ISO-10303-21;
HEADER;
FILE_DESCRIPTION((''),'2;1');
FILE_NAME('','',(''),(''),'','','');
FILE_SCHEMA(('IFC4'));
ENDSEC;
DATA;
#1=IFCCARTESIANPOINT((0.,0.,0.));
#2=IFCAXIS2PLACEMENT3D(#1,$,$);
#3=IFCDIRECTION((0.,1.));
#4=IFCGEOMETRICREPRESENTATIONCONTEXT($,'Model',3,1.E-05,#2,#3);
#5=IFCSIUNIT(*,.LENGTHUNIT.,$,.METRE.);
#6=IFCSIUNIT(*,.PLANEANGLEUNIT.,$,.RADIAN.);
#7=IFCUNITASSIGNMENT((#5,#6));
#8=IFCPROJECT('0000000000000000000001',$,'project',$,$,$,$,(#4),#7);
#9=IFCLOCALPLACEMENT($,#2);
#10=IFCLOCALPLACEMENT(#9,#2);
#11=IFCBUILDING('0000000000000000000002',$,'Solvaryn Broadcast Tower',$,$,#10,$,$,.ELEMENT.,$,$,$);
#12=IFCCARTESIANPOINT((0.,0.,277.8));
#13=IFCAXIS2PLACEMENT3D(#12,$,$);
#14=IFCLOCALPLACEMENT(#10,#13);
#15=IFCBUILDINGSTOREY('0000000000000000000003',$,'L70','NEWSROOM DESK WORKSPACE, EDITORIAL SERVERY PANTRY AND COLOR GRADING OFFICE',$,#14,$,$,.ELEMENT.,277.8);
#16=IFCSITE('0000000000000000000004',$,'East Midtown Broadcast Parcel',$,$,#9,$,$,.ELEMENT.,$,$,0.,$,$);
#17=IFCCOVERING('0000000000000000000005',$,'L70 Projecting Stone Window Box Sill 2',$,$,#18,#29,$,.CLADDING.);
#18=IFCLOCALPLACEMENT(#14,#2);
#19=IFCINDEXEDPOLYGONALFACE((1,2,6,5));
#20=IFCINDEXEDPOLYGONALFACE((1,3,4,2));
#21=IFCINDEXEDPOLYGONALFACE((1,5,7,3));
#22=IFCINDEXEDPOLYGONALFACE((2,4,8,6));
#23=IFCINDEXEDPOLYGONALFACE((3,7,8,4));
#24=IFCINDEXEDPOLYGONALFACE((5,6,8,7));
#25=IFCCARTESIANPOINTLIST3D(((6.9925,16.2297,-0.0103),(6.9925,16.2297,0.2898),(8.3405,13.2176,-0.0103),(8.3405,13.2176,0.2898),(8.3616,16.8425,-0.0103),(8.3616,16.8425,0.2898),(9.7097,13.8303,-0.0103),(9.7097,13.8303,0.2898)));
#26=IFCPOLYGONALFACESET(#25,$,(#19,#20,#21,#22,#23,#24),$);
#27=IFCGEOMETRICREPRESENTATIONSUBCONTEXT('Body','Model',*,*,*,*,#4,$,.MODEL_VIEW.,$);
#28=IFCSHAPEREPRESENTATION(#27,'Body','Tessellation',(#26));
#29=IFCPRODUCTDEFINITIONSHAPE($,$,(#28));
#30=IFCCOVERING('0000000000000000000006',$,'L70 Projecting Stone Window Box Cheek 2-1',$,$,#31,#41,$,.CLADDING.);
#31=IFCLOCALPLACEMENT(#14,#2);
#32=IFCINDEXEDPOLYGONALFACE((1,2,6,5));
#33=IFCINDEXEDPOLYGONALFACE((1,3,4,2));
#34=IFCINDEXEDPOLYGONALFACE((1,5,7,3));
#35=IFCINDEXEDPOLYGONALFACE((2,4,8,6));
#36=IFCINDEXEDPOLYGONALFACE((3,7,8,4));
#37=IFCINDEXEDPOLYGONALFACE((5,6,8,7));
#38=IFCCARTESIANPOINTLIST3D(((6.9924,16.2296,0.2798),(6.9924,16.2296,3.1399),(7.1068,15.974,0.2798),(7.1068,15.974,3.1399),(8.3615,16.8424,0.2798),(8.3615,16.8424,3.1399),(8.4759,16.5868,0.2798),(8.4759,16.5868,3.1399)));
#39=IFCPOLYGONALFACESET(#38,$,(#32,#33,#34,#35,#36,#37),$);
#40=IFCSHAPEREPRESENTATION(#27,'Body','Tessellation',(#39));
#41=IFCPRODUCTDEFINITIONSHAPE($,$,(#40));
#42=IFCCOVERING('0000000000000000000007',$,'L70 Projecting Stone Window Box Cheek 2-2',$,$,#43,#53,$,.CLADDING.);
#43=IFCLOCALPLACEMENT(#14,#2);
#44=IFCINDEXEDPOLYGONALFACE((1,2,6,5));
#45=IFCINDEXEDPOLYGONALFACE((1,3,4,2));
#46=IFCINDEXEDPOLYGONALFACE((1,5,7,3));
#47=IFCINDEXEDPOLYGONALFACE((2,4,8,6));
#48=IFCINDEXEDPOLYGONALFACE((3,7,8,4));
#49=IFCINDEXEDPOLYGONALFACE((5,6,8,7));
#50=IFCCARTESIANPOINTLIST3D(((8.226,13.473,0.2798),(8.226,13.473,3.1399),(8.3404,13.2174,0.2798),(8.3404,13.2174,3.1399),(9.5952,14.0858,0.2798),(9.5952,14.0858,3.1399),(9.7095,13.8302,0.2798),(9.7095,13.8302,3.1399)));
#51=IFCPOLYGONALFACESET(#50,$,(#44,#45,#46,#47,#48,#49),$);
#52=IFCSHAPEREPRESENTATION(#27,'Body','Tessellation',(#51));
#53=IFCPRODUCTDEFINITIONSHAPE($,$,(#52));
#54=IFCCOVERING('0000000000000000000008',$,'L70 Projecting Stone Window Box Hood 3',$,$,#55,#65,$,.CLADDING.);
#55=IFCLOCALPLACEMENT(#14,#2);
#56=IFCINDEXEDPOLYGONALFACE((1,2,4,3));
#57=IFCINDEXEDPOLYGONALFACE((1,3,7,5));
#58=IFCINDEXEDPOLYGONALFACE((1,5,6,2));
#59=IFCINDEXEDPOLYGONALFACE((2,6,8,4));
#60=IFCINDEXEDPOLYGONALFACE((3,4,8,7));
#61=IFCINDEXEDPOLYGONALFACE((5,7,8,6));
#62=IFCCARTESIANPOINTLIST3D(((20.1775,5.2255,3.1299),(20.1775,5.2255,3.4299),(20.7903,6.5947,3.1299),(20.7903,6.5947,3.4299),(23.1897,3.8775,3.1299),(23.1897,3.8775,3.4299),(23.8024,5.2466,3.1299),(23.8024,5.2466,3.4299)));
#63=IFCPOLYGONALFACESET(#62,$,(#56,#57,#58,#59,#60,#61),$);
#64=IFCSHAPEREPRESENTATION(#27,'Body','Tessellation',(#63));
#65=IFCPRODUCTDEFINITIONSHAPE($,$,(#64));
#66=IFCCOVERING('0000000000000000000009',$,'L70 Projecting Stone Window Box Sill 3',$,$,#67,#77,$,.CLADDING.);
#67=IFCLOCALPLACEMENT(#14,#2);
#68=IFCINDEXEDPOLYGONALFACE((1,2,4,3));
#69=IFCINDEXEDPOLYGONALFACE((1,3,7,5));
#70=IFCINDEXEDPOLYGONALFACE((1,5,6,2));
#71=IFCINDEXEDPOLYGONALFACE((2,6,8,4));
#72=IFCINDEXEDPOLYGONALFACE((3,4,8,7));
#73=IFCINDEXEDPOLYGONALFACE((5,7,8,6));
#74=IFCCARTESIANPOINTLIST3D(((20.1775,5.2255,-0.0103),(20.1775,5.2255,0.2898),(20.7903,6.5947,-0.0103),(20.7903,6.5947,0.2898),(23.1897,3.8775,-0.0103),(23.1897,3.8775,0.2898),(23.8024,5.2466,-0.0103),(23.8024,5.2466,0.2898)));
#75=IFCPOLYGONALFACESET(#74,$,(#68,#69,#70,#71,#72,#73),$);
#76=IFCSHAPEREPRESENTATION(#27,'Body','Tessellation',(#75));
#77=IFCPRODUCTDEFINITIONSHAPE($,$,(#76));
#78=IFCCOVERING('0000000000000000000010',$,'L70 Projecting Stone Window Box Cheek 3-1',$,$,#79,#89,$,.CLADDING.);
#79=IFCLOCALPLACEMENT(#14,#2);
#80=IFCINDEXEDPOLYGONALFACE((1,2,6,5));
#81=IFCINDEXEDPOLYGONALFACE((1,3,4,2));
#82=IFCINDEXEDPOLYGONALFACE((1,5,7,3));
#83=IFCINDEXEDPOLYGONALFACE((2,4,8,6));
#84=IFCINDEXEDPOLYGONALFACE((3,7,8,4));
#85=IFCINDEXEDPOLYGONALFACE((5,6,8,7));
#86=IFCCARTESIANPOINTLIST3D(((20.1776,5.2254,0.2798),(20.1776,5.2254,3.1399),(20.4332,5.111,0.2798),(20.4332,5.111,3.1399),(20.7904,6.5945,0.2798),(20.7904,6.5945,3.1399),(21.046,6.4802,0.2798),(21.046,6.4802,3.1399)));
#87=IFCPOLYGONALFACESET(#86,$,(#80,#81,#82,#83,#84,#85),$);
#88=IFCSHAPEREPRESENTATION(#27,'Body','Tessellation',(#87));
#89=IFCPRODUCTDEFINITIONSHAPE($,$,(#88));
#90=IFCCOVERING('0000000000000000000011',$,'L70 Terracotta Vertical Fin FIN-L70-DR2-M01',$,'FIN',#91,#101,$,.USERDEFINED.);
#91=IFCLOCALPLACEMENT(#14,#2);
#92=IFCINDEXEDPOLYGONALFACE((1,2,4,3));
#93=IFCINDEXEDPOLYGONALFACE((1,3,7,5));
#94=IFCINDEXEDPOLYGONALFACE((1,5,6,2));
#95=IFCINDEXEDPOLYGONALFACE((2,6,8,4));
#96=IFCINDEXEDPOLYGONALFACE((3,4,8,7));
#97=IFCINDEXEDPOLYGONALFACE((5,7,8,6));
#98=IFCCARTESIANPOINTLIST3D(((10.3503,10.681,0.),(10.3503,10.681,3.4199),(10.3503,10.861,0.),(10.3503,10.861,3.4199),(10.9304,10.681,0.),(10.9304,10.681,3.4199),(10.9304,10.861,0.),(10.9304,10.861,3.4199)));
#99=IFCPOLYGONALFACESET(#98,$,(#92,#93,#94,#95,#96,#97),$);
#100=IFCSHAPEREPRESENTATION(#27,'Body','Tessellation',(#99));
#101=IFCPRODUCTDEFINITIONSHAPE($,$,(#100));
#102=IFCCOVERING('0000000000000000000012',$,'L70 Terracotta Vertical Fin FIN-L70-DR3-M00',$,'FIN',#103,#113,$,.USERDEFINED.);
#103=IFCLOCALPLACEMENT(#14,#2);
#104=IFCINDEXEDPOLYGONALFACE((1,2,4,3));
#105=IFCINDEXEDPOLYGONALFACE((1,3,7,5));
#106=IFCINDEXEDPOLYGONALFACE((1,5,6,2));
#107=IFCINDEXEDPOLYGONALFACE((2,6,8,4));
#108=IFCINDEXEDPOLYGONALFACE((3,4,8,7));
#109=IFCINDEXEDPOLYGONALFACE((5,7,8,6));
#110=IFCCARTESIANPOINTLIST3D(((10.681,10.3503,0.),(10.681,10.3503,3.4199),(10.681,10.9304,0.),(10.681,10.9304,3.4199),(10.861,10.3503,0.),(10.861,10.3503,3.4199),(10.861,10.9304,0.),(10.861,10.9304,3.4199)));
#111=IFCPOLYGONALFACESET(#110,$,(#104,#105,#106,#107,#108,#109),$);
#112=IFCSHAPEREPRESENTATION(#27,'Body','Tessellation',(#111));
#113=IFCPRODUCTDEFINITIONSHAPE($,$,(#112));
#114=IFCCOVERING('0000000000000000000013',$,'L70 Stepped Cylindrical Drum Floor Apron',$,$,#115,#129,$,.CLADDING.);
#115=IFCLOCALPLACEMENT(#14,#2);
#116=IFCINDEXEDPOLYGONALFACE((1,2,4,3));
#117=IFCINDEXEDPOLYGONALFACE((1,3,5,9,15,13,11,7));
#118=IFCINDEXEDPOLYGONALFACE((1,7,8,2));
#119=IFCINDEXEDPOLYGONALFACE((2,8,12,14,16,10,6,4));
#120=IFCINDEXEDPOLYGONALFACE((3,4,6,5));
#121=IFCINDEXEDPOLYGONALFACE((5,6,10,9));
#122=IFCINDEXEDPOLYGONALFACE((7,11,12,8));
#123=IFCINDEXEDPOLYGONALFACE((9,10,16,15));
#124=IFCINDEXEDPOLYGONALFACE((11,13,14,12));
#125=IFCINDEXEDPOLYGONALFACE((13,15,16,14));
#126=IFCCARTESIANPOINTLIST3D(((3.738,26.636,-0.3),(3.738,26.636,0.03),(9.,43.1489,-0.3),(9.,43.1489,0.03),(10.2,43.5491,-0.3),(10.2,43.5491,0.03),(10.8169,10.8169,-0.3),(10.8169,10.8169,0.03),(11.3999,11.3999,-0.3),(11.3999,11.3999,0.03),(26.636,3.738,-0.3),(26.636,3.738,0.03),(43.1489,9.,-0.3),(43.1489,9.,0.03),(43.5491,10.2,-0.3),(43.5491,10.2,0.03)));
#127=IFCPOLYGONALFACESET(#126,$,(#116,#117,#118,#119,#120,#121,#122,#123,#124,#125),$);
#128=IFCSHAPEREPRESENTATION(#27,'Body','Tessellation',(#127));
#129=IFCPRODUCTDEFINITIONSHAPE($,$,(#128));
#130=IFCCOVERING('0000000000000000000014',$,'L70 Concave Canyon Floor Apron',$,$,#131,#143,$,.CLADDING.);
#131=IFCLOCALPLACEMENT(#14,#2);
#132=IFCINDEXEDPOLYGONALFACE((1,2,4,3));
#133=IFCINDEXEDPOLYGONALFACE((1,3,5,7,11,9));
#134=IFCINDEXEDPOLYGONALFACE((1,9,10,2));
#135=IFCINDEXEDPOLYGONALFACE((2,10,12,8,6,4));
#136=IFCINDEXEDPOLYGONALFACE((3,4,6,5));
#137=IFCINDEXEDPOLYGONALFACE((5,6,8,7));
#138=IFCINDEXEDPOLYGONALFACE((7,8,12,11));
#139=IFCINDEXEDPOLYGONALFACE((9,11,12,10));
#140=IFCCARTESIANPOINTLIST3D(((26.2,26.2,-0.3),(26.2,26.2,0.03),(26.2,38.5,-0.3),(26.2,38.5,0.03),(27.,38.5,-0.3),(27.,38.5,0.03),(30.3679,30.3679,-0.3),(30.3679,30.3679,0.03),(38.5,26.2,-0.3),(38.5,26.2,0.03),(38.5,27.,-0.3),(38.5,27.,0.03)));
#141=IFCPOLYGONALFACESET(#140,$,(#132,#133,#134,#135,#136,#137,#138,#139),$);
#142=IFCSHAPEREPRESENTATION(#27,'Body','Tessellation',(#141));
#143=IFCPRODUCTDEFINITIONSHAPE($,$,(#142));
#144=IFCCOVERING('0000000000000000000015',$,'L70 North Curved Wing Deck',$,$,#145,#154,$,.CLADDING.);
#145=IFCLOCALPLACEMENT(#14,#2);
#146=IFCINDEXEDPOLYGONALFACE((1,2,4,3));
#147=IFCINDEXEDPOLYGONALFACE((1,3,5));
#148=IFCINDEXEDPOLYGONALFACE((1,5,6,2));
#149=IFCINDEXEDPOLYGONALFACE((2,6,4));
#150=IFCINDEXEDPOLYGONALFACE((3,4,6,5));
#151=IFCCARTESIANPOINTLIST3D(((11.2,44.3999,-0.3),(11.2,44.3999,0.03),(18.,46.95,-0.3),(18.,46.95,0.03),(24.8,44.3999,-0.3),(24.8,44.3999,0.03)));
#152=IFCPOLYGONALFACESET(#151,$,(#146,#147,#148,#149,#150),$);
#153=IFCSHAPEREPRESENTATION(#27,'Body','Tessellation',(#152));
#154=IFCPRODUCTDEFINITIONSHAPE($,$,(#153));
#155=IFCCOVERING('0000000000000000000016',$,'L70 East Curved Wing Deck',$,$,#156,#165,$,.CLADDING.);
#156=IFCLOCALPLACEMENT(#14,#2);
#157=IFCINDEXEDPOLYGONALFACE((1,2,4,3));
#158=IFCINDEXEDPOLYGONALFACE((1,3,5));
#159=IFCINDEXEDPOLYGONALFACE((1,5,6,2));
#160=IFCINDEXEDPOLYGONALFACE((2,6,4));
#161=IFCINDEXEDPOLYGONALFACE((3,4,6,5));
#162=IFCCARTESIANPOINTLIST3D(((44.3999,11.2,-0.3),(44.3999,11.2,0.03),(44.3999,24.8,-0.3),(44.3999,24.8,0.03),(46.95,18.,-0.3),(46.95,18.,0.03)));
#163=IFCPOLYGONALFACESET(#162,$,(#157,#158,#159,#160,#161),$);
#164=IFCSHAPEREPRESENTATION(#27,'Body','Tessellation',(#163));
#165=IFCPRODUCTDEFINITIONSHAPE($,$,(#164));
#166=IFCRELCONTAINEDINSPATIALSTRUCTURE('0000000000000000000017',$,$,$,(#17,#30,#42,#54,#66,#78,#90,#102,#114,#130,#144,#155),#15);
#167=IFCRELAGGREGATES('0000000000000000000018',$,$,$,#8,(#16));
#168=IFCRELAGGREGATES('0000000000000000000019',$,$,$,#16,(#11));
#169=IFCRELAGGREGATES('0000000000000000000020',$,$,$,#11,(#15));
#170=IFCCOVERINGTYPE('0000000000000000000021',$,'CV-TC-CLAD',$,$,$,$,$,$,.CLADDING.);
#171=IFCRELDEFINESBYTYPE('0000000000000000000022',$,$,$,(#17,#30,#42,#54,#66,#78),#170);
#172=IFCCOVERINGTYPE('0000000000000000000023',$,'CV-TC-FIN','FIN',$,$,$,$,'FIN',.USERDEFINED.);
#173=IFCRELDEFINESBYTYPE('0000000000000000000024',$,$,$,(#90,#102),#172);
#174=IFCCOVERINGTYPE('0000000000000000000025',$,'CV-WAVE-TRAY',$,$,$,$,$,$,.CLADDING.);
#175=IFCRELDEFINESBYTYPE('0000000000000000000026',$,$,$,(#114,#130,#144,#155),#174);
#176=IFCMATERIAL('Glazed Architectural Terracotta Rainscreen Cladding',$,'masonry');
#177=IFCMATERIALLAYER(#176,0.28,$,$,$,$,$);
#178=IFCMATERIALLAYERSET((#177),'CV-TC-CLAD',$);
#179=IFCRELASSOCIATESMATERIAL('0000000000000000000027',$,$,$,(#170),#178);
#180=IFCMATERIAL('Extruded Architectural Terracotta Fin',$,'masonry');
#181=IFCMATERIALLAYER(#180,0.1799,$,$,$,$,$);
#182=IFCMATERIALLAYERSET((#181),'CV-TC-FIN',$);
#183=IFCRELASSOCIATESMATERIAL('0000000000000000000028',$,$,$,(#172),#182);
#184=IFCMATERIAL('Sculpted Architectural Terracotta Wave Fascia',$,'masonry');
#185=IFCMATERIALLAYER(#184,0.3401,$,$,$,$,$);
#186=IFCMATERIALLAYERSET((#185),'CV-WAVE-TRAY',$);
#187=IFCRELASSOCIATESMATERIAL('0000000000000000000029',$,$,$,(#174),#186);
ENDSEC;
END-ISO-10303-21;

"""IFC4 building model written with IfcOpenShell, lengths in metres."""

from ifc_helpers import new_model, si_unit, direction, frame, origin, origin_2d, place, context, subcontext, project, spatial, polyline, rectangle, outline, extrude, material, layer, layer_set, type_object, element, save


model = new_model("IFC4")

# Units and contexts
model_context = context("Model", 3, precision=1e-05, world=origin(), true_north=direction((0.0, 1.0)))
body_context = subcontext(model_context, "Body", "Model", "MODEL_VIEW")
ifc_project = project(units=[si_unit("LENGTHUNIT", "METRE"), si_unit("PLANEANGLEUNIT", "RADIAN")], contexts=[model_context])

# Site, building, storey
site_placement = place(None, origin())
site = spatial("IfcSite", under=ifc_project, at=site_placement, Name="East Midtown Broadcast Parcel", CompositionType="ELEMENT", RefElevation=0.0)
building_placement = place(site_placement, origin())
building = spatial("IfcBuilding", under=site, at=building_placement, Name="Solvaryn Broadcast Tower", CompositionType="ELEMENT")
storey_placement = place(building_placement, frame((0.0, 0.0, 277.8)))
storey = spatial("IfcBuildingStorey", under=building, at=storey_placement, Name="L70", Description="NEWSROOM DESK WORKSPACE, EDITORIAL SERVERY PANTRY AND COLOR GRADING OFFICE", CompositionType="ELEMENT", Elevation=277.8)

# Coverings
ifc_material_1 = material(Name="Glazed Architectural Terracotta Rainscreen Cladding", Category="masonry")
ifc_layer_1 = layer(ifc_material_1, 0.28)
ifc_layer_set_1 = layer_set([ifc_layer_1], Name="CV-TC-CLAD")
covering_type_1 = type_object("IfcCoveringType", Name="CV-TC-CLAD", PredefinedType="CLADDING", material=ifc_layer_set_1)
for number, where, z_axis, x_axis, name in (
    (1, (8.3511, 15.03, -0.0103), (0.0, 0.0, 1.0), (0.40849, -0.912763, 0.0), "L70 Projecting Stone Window Box Sill 2"),
):
    element("IfcCovering", number, at=place(storey_placement, frame(where, z_axis=z_axis, x_axis=x_axis)), inside=storey, type_object=covering_type_1, Name=name, PredefinedType="CLADDING", context=body_context, shape_type="SweptSolid", body=[
        extrude(rectangle(XDim=3.3, YDim=1.5, at=origin_2d()), origin(), (0.0, 0.0, 1.0), 0.3),
    ])
for number, where, z_axis, x_axis, name in (
    (2, (7.7341, 16.4082, 0.2798), (0.0, 0.0, 1.0), (0.40849, -0.912763, 0.0), "L70 Projecting Stone Window Box Cheek 2-1"),
    (3, (8.9678, 13.6516, 0.2798), (0.0, 0.0, 1.0), (0.40849, -0.912763, 0.0), "L70 Projecting Stone Window Box Cheek 2-2"),
):
    element("IfcCovering", number, at=place(storey_placement, frame(where, z_axis=z_axis, x_axis=x_axis)), inside=storey, type_object=covering_type_1, Name=name, PredefinedType="CLADDING", context=body_context, shape_type="SweptSolid", body=[
        extrude(rectangle(XDim=0.28, YDim=1.5, at=origin_2d()), origin(), (0.0, 0.0, 1.0), 2.8601),
    ])
for number, where, z_axis, x_axis, name in (
    (4, (21.99, 5.2361, 3.1299), (0.0, 0.0, 1.0), (0.912763, -0.40849, 0.0), "L70 Projecting Stone Window Box Hood 3"),
    (5, (21.99, 5.2361, -0.0103), (0.0, 0.0, 1.0), (0.912763, -0.40849, 0.0), "L70 Projecting Stone Window Box Sill 3"),
):
    element("IfcCovering", number, at=place(storey_placement, frame(where, z_axis=z_axis, x_axis=x_axis)), inside=storey, type_object=covering_type_1, Name=name, PredefinedType="CLADDING", context=body_context, shape_type="SweptSolid", body=[
        extrude(rectangle(XDim=3.3, YDim=1.5, at=origin_2d()), origin(), (0.0, 0.0, 1.0), 0.3),
    ])
covering_1_placement = place(storey_placement, frame((20.6118, 5.8528, 0.2798), z_axis=(0.0, 0.0, 1.0), x_axis=(0.912763, -0.40849, 0.0)))
element("IfcCovering", 6, at=covering_1_placement, inside=storey, type_object=covering_type_1, Name="L70 Projecting Stone Window Box Cheek 3-1", PredefinedType="CLADDING", context=body_context, shape_type="SweptSolid", body=[
    extrude(rectangle(XDim=0.28, YDim=1.5, at=origin_2d()), origin(), (0.0, 0.0, 1.0), 2.8601),
])
ifc_material_2 = material(Name="Extruded Architectural Terracotta Fin", Category="masonry")
ifc_layer_2 = layer(ifc_material_2, 0.1799)
ifc_layer_set_2 = layer_set([ifc_layer_2], Name="CV-TC-FIN")
covering_type_2 = type_object("IfcCoveringType", Name="CV-TC-FIN", Description="FIN", ElementType="FIN", PredefinedType="USERDEFINED", material=ifc_layer_set_2)
covering_2_placement = place(storey_placement, frame((10.6404, 10.771, 0.0), z_axis=(0.0, 0.0, 1.0), x_axis=(1.0, 0.0, 0.0)))
element("IfcCovering", 7, at=covering_2_placement, inside=storey, type_object=covering_type_2, Name="L70 Terracotta Vertical Fin FIN-L70-DR2-M01", ObjectType="FIN", PredefinedType="USERDEFINED", context=body_context, shape_type="SweptSolid", body=[
    extrude(rectangle(XDim=0.5801, YDim=0.1799, at=origin_2d()), origin(), (0.0, 0.0, 1.0), 3.4199),
])
covering_3_placement = place(storey_placement, frame((10.771, 10.6404, 0.0), z_axis=(0.0, 0.0, 1.0), x_axis=(1.0, 0.0, 0.0)))
element("IfcCovering", 8, at=covering_3_placement, inside=storey, type_object=covering_type_2, Name="L70 Terracotta Vertical Fin FIN-L70-DR3-M00", ObjectType="FIN", PredefinedType="USERDEFINED", context=body_context, shape_type="SweptSolid", body=[
    extrude(rectangle(XDim=0.1799, YDim=0.5801, at=origin_2d()), origin(), (0.0, 0.0, 1.0), 3.4199),
])
ifc_material_3 = material(Name="Sculpted Architectural Terracotta Wave Fascia", Category="masonry")
ifc_layer_3 = layer(ifc_material_3, 0.3401)
ifc_layer_set_3 = layer_set([ifc_layer_3], Name="CV-WAVE-TRAY")
covering_type_3 = type_object("IfcCoveringType", Name="CV-WAVE-TRAY", PredefinedType="CLADDING", material=ifc_layer_set_3)
covering_4_placement = place(storey_placement, frame((0.0, 0.0, -0.3)))
element("IfcCovering", 9, at=covering_4_placement, inside=storey, type_object=covering_type_3, Name="L70 Stepped Cylindrical Drum Floor Apron", PredefinedType="CLADDING", context=body_context, shape_type="SweptSolid", body=[
    extrude(outline(polyline([(10.2, 43.5491), (9.0, 43.1489), (3.738, 26.636), (10.8169, 10.8169), (26.636, 3.738), (43.1489, 9.0), (43.1489, 9.0), (43.5491, 10.2), (11.3999, 11.3999), (10.2, 43.5491)])), origin(), (0.0, 0.0, 1.0), 0.3301),
])
covering_5_placement = place(storey_placement, frame((0.0, 0.0, -0.3)))
element("IfcCovering", 10, at=covering_5_placement, inside=storey, type_object=covering_type_3, Name="L70 Concave Canyon Floor Apron", PredefinedType="CLADDING", context=body_context, shape_type="SweptSolid", body=[
    extrude(outline(polyline([(26.2, 26.2), (38.5, 26.2), (38.5, 27.0), (30.3679, 30.3679), (27.0, 38.5), (26.2, 38.5), (26.2, 26.2)])), origin(), (0.0, 0.0, 1.0), 0.3301),
])
covering_6_placement = place(storey_placement, frame((0.0, 0.0, -0.3)))
element("IfcCovering", 11, at=covering_6_placement, inside=storey, type_object=covering_type_3, Name="L70 North Curved Wing Deck", PredefinedType="CLADDING", context=body_context, shape_type="SweptSolid", body=[
    extrude(outline(polyline([(11.2, 44.3999), (24.8, 44.3999), (18.0, 46.95), (11.2, 44.3999)])), origin(), (0.0, 0.0, 1.0), 0.3301),
])
covering_7_placement = place(storey_placement, frame((0.0, 0.0, -0.3)))
element("IfcCovering", 12, at=covering_7_placement, inside=storey, type_object=covering_type_3, Name="L70 East Curved Wing Deck", PredefinedType="CLADDING", context=body_context, shape_type="SweptSolid", body=[
    extrude(outline(polyline([(44.3999, 11.2), (46.95, 18.0), (44.3999, 24.8), (44.3999, 11.2)])), origin(), (0.0, 0.0, 1.0), 0.3301),
])

save(model, "model.ifc")
